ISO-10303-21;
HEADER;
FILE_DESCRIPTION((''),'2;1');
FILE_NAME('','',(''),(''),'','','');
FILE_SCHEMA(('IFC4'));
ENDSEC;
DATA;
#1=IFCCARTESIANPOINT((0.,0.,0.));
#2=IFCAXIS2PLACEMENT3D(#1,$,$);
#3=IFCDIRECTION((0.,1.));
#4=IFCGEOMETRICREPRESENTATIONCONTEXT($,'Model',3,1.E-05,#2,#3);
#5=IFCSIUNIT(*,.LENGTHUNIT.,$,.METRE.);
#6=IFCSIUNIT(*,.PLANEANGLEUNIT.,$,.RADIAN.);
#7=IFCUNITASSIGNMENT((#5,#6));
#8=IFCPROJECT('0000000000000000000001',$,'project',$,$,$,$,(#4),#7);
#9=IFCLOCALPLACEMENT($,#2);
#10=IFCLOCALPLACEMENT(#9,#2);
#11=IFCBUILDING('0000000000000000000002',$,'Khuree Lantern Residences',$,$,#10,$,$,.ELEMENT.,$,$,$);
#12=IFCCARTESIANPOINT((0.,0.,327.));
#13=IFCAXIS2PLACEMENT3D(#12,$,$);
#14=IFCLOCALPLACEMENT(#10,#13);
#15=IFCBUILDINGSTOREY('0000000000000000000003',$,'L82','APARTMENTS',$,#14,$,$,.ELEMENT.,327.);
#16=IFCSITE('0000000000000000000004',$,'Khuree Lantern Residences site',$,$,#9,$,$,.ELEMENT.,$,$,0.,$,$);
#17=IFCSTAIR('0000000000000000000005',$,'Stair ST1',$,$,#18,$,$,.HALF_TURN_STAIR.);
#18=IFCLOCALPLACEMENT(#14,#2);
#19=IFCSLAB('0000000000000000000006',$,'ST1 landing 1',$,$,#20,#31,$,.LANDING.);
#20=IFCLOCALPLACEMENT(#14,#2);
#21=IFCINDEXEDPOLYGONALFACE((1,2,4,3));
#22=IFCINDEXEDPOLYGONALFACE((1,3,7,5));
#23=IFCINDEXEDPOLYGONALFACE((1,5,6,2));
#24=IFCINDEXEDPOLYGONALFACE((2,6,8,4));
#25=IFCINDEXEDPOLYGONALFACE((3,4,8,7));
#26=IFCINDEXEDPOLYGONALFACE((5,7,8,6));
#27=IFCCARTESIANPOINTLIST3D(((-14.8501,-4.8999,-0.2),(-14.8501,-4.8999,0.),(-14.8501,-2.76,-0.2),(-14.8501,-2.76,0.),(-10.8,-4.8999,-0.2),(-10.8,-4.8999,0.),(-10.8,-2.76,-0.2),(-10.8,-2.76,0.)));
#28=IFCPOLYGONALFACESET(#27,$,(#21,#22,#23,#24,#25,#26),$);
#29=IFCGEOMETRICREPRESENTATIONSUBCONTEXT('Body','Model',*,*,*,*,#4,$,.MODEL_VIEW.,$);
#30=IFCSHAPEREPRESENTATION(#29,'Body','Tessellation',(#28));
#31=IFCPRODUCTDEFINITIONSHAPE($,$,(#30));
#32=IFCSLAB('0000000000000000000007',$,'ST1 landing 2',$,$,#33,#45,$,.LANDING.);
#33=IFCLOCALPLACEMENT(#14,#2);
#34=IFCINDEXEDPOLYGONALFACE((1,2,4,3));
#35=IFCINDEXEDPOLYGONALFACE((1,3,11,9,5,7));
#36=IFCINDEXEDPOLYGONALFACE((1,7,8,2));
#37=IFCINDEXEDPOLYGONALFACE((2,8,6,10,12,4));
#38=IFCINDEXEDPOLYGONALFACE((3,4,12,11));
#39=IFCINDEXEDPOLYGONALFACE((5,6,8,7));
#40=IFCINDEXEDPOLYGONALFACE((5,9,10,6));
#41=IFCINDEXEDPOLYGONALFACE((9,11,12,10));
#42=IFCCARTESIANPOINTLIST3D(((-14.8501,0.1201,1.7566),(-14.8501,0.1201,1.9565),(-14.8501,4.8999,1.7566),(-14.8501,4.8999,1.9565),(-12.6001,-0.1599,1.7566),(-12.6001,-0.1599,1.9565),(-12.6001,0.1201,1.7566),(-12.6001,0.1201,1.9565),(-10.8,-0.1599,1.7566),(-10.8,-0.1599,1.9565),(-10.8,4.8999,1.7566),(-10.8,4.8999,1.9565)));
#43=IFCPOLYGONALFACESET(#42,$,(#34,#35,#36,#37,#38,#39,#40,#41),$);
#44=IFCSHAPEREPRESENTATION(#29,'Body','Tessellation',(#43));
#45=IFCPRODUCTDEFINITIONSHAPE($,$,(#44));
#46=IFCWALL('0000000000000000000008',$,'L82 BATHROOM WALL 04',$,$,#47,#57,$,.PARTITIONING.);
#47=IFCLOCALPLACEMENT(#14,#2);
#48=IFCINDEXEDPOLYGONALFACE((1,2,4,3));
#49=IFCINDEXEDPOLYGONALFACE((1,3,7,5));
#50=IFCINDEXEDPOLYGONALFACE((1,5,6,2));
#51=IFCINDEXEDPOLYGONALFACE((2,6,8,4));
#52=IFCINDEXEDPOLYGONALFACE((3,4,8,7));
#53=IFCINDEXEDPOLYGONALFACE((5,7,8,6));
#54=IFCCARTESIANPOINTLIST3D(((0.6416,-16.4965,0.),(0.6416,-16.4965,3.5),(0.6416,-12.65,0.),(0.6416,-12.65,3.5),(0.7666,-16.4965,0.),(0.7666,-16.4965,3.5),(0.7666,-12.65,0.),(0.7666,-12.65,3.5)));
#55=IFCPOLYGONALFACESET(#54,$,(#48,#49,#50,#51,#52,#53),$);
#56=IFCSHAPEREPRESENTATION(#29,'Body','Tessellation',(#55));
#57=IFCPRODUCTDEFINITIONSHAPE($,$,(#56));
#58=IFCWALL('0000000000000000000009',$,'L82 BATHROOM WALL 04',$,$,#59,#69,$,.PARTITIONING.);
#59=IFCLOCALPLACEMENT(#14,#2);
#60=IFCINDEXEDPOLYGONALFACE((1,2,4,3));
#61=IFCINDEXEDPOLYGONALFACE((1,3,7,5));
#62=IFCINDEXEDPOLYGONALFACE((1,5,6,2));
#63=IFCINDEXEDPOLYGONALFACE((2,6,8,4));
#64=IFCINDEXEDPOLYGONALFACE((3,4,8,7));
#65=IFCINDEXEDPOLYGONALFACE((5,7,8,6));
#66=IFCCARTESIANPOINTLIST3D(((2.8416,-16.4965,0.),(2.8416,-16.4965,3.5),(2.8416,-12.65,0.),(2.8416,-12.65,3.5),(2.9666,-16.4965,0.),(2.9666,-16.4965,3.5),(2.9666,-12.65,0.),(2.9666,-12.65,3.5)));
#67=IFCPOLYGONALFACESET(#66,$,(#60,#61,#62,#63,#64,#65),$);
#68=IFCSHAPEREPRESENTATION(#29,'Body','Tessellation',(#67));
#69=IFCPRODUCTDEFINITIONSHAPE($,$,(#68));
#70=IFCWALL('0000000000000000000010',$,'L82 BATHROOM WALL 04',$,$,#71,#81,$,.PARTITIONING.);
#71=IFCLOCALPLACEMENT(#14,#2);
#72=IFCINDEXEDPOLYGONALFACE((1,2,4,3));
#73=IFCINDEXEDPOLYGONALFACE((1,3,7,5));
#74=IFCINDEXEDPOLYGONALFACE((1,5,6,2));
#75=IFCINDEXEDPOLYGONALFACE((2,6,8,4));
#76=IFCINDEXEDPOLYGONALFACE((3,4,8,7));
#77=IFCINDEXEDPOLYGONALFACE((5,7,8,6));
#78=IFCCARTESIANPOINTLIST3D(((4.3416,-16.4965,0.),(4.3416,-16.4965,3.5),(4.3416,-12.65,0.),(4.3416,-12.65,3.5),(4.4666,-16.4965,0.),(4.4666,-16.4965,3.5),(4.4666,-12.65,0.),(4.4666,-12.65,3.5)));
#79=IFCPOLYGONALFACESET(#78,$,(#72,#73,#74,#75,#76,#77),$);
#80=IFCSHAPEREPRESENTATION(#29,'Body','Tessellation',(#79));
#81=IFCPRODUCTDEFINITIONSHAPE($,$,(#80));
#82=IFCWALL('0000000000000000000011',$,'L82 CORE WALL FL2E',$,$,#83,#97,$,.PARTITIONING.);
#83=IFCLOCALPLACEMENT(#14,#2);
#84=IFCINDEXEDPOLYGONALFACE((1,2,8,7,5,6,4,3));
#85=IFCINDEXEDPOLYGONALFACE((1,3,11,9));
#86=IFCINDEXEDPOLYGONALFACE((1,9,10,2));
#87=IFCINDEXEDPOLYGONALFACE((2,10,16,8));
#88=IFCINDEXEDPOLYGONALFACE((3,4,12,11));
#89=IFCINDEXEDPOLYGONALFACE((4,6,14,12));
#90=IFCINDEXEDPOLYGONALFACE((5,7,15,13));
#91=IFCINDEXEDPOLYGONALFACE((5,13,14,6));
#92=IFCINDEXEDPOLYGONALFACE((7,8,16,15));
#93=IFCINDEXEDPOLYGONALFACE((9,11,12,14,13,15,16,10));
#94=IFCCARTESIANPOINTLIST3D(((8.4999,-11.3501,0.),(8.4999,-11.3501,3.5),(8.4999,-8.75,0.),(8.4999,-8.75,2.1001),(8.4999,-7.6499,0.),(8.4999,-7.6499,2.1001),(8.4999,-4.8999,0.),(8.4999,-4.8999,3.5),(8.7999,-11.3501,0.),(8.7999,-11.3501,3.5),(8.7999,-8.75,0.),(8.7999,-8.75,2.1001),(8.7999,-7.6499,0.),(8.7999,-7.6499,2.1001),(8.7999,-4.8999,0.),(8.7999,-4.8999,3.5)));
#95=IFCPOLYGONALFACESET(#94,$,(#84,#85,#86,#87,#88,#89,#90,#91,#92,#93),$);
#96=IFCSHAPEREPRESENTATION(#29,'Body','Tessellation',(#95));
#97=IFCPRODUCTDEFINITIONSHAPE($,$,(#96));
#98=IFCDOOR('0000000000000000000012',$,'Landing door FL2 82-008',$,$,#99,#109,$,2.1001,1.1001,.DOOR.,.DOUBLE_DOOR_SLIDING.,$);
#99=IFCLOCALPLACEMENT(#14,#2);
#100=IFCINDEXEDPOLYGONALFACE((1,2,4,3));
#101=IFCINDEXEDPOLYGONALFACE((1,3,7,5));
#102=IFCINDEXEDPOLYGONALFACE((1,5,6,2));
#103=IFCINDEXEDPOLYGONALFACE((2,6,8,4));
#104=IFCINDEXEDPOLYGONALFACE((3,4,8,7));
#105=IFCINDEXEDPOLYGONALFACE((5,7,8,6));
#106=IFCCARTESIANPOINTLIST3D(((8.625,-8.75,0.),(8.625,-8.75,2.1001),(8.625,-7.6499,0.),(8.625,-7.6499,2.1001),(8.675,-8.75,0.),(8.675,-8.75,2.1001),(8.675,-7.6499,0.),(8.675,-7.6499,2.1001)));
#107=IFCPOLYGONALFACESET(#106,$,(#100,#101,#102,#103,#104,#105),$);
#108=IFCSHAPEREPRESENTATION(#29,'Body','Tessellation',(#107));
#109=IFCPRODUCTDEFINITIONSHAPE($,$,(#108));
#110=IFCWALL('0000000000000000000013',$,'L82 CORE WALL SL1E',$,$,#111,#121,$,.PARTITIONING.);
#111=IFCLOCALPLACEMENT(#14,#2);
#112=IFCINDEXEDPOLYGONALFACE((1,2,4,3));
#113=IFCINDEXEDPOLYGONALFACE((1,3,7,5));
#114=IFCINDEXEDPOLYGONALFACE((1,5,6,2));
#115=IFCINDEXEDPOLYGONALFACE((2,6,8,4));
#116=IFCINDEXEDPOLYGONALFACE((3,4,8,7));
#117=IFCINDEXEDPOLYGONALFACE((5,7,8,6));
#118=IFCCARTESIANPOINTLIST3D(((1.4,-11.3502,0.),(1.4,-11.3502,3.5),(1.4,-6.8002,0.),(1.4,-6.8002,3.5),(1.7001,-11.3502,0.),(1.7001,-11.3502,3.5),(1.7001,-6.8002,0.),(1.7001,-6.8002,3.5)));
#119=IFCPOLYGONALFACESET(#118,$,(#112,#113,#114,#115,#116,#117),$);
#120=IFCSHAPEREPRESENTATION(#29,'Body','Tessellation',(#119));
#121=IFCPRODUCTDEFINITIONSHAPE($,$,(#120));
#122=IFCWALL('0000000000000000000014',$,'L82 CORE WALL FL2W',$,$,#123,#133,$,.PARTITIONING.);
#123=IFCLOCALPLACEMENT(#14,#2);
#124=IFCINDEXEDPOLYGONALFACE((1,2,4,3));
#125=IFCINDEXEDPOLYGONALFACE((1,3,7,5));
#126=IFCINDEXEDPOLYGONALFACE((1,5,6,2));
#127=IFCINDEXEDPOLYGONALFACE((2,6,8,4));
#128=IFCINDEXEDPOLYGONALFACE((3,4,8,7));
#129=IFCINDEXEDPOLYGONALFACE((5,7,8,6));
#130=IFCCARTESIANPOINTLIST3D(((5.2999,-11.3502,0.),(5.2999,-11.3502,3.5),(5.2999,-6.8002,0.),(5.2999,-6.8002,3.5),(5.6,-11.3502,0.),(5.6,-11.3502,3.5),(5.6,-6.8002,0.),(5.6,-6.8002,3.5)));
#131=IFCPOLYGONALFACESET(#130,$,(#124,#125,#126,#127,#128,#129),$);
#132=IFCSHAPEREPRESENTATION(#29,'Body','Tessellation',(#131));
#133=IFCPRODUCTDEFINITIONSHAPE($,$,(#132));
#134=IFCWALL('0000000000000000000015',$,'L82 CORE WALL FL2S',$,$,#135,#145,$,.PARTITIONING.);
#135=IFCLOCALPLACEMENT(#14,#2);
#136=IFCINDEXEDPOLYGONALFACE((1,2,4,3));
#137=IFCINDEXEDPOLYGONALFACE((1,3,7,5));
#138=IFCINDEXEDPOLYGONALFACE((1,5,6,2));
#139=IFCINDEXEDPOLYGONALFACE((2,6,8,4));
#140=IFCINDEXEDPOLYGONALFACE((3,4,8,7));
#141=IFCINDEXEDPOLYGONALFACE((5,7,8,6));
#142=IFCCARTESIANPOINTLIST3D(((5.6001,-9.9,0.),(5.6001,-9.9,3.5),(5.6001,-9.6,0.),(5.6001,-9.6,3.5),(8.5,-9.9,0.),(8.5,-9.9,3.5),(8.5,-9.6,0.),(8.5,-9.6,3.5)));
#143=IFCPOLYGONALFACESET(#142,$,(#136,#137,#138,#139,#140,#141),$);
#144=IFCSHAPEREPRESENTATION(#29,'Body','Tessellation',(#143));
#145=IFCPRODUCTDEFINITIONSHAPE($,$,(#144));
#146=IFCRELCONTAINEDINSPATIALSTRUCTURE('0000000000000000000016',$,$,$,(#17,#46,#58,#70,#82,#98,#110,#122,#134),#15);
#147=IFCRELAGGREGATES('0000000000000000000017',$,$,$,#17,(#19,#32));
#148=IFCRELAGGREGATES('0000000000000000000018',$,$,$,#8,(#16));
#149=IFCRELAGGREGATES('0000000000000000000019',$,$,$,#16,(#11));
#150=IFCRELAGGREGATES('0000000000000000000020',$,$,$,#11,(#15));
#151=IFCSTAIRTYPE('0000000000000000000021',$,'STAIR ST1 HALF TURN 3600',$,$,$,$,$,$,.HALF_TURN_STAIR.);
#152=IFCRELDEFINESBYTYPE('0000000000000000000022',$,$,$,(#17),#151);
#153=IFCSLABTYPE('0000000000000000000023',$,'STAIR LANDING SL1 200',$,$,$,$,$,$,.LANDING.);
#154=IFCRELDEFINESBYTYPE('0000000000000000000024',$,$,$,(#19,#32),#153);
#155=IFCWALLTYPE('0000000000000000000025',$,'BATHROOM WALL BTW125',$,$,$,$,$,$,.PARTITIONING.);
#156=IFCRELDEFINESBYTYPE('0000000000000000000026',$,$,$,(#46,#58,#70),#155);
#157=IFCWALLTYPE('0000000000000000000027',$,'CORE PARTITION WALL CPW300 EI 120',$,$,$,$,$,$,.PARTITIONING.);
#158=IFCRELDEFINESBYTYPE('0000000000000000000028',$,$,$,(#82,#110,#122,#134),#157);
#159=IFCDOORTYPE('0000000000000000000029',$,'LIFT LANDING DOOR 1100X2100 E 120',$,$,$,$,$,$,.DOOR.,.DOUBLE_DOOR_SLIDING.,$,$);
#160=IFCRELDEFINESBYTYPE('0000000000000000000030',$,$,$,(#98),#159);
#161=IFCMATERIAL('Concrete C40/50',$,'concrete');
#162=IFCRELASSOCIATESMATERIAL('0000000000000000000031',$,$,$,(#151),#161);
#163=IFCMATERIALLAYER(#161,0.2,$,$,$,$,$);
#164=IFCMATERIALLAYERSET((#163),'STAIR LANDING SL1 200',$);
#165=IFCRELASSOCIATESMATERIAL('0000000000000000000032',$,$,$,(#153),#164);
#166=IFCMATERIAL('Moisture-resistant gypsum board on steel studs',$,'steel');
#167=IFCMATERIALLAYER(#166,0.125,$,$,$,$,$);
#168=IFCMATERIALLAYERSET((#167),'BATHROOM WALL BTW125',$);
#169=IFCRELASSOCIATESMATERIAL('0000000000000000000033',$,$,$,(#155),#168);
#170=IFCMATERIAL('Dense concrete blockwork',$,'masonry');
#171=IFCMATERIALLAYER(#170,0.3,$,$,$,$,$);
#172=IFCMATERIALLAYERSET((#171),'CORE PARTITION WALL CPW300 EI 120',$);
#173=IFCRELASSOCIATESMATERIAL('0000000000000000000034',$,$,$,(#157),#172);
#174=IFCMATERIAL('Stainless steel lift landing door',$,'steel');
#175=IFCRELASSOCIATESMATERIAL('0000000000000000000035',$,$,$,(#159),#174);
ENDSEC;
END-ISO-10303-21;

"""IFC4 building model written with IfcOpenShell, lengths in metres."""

from ifc_helpers import new_model, si_unit, direction, frame, frame_2d, origin, place, context, subcontext, project, spatial, polyline, rectangle, outline, extrude, material, layer, layer_set, type_object, element, fill, aggregate, save


model = new_model("IFC4")

# Units and contexts
model_context = context("Model", 3, precision=1e-05, world=origin(), true_north=direction((0.0, 1.0)))
body_context = subcontext(model_context, "Body", "Model", "MODEL_VIEW")
ifc_project = project(units=[si_unit("LENGTHUNIT", "METRE"), si_unit("PLANEANGLEUNIT", "RADIAN")], contexts=[model_context])

# Site, building, storey
site_placement = place(None, origin())
site = spatial("IfcSite", under=ifc_project, at=site_placement, Name="Khuree Lantern Residences site", CompositionType="ELEMENT", RefElevation=0.0)
building_placement = place(site_placement, origin())
building = spatial("IfcBuilding", under=site, at=building_placement, Name="Khuree Lantern Residences", CompositionType="ELEMENT")
storey_placement = place(building_placement, frame((0.0, 0.0, 327.0)))
storey = spatial("IfcBuildingStorey", under=building, at=storey_placement, Name="L82", Description="APARTMENTS", CompositionType="ELEMENT", Elevation=327.0)

# Stair, slabs
ifc_material_1 = material(Name="Concrete C40/50", Category="concrete")
stair_type = type_object("IfcStairType", Name="STAIR ST1 HALF TURN 3600", PredefinedType="HALF_TURN_STAIR", material=ifc_material_1)
stair_1_placement = place(storey_placement, origin())
stair_1 = element("IfcStair", 1, at=stair_1_placement, inside=storey, type_object=stair_type, Name="Stair ST1", PredefinedType="HALF_TURN_STAIR")
ifc_layer_1 = layer(ifc_material_1, 0.2)
ifc_layer_set_1 = layer_set([ifc_layer_1], Name="STAIR LANDING SL1 200")
slab_type = type_object("IfcSlabType", Name="STAIR LANDING SL1 200", PredefinedType="LANDING", material=ifc_layer_set_1)
slab_1_placement = place(storey_placement, frame((0.0, 0.0, -0.2)))
slab_1 = element("IfcSlab", 2, at=slab_1_placement, type_object=slab_type, Name="ST1 landing 1", PredefinedType="LANDING", context=body_context, shape_type="SweptSolid", body=[
    extrude(outline(polyline([(-14.8501, -4.8999), (-10.8, -4.8999), (-10.8, -2.76), (-14.8501, -2.76), (-14.8501, -4.8999)])), origin(), (0.0, 0.0, 1.0), 0.2),
])
slab_2_placement = place(storey_placement, frame((0.0, 0.0, 1.7566)))
slab_2 = element("IfcSlab", 3, at=slab_2_placement, type_object=slab_type, Name="ST1 landing 2", PredefinedType="LANDING", context=body_context, shape_type="SweptSolid", body=[
    extrude(outline(polyline([(-14.8501, 0.1201), (-14.8501, 4.8999), (-10.8, 4.8999), (-10.8, -0.1599), (-12.6001, -0.1599), (-12.6001, 0.1201), (-14.8501, 0.1201)])), origin(), (0.0, 0.0, 1.0), 0.2),
])
aggregate(stair_1, [slab_1, slab_2])

# Walls
ifc_material_2 = material(Name="Moisture-resistant gypsum board on steel studs", Category="steel")
ifc_layer_2 = layer(ifc_material_2, 0.125)
ifc_layer_set_2 = layer_set([ifc_layer_2], Name="BATHROOM WALL BTW125")
wall_type_1 = type_object("IfcWallType", Name="BATHROOM WALL BTW125", PredefinedType="PARTITIONING", material=ifc_layer_set_2)
for number, where, z_axis, x_axis, name in (
    (4, (0.7041, -12.6499, 0.0), (0.0, 0.0, 1.0), (0.0, -1.0, 0.0), "L82 BATHROOM WALL 04"),
    (5, (2.9041, -12.6499, 0.0), (0.0, 0.0, 1.0), (0.0, -1.0, 0.0), "L82 BATHROOM WALL 04"),
    (6, (4.4041, -12.6499, 0.0), (0.0, 0.0, 1.0), (0.0, -1.0, 0.0), "L82 BATHROOM WALL 04"),
):
    element("IfcWall", number, at=place(storey_placement, frame(where, z_axis=z_axis, x_axis=x_axis)), inside=storey, type_object=wall_type_1, Name=name, PredefinedType="PARTITIONING", context=body_context, shape_type="SweptSolid", body=[
        extrude(rectangle(XDim=3.8464, YDim=0.125, at=frame_2d((1.9233, 0.0))), origin(), (0.0, 0.0, 1.0), 3.5),
    ])

# Wall, opening, door
ifc_material_3 = material(Name="Dense concrete blockwork", Category="masonry")
ifc_layer_3 = layer(ifc_material_3, 0.3)
ifc_layer_set_3 = layer_set([ifc_layer_3], Name="CORE PARTITION WALL CPW300 EI 120")
wall_type_2 = type_object("IfcWallType", Name="CORE PARTITION WALL CPW300 EI 120", PredefinedType="PARTITIONING", material=ifc_layer_set_3)
wall_1_placement = place(storey_placement, frame((8.6499, -11.3501, 0.0), z_axis=(0.0, 0.0, 1.0), x_axis=(0.0, 1.0, 0.0)))
wall_1 = element("IfcWall", 7, at=wall_1_placement, inside=storey, type_object=wall_type_2, Name="L82 CORE WALL FL2E", PredefinedType="PARTITIONING", context=body_context, shape_type="SweptSolid", body=[
    extrude(rectangle(XDim=6.4502, YDim=0.3, at=frame_2d((3.2251, 0.0))), origin(), (0.0, 0.0, 1.0), 3.5),
])
opening_1_placement = place(wall_1_placement, frame((2.6001, 0.0, 0.0)))
opening_1 = element("IfcOpeningElement", 8, at=opening_1_placement, cuts=wall_1, PredefinedType="OPENING", context=body_context, shape_type="SweptSolid", body=[
    extrude(rectangle(XDim=1.1001, YDim=2.1001, at=frame_2d((0.55, 1.05))), frame((0.0, 0.1602, 0.0), z_axis=(0.0, -1.0, 0.0), x_axis=(1.0, 0.0, 0.0)), (0.0, 0.0, 1.0), 0.3201),
])
ifc_material_4 = material(Name="Stainless steel lift landing door", Category="steel")
door_type_1 = type_object("IfcDoorType", Name="LIFT LANDING DOOR 1100X2100 E 120", OperationType="DOUBLE_DOOR_SLIDING", PredefinedType="DOOR", material=ifc_material_4)
door_1_placement = place(opening_1_placement, origin())
door_1 = element("IfcDoor", 9, at=door_1_placement, inside=storey, type_object=door_type_1, Name="Landing door FL2 82-008", OperationType="DOUBLE_DOOR_SLIDING", OverallHeight=2.1001, OverallWidth=1.1001, PredefinedType="DOOR", context=body_context, shape_type="SweptSolid", body=[
    extrude(rectangle(XDim=1.1001, YDim=2.1001, at=frame_2d((0.55, 1.05))), frame((0.0, 0.0249, 0.0), z_axis=(0.0, -1.0, 0.0), x_axis=(1.0, 0.0, 0.0)), (0.0, 0.0, 1.0), 0.05),
])
fill(opening_1, door_1)

# Walls
for number, where, z_axis, x_axis, name in (
    (10, (1.55, -11.3501, 0.0), (0.0, 0.0, 1.0), (0.0, 1.0, 0.0), "L82 CORE WALL SL1E"),
    (11, (5.45, -11.3501, 0.0), (0.0, 0.0, 1.0), (0.0, 1.0, 0.0), "L82 CORE WALL FL2W"),
):
    element("IfcWall", number, at=place(storey_placement, frame(where, z_axis=z_axis, x_axis=x_axis)), inside=storey, type_object=wall_type_2, Name=name, PredefinedType="PARTITIONING", context=body_context, shape_type="SweptSolid", body=[
        extrude(rectangle(XDim=4.55, YDim=0.3, at=frame_2d((2.2749, 0.0))), origin(), (0.0, 0.0, 1.0), 3.5),
    ])
wall_2_placement = place(storey_placement, frame((5.6001, -9.75, 0.0), z_axis=(0.0, 0.0, 1.0), x_axis=(1.0, 0.0, 0.0)))
element("IfcWall", 12, at=wall_2_placement, inside=storey, type_object=wall_type_2, Name="L82 CORE WALL FL2S", PredefinedType="PARTITIONING", context=body_context, shape_type="SweptSolid", body=[
    extrude(rectangle(XDim=2.8999, YDim=0.3, at=frame_2d((1.45, 0.0))), origin(), (0.0, 0.0, 1.0), 3.5),
])

save(model, "model.ifc")
